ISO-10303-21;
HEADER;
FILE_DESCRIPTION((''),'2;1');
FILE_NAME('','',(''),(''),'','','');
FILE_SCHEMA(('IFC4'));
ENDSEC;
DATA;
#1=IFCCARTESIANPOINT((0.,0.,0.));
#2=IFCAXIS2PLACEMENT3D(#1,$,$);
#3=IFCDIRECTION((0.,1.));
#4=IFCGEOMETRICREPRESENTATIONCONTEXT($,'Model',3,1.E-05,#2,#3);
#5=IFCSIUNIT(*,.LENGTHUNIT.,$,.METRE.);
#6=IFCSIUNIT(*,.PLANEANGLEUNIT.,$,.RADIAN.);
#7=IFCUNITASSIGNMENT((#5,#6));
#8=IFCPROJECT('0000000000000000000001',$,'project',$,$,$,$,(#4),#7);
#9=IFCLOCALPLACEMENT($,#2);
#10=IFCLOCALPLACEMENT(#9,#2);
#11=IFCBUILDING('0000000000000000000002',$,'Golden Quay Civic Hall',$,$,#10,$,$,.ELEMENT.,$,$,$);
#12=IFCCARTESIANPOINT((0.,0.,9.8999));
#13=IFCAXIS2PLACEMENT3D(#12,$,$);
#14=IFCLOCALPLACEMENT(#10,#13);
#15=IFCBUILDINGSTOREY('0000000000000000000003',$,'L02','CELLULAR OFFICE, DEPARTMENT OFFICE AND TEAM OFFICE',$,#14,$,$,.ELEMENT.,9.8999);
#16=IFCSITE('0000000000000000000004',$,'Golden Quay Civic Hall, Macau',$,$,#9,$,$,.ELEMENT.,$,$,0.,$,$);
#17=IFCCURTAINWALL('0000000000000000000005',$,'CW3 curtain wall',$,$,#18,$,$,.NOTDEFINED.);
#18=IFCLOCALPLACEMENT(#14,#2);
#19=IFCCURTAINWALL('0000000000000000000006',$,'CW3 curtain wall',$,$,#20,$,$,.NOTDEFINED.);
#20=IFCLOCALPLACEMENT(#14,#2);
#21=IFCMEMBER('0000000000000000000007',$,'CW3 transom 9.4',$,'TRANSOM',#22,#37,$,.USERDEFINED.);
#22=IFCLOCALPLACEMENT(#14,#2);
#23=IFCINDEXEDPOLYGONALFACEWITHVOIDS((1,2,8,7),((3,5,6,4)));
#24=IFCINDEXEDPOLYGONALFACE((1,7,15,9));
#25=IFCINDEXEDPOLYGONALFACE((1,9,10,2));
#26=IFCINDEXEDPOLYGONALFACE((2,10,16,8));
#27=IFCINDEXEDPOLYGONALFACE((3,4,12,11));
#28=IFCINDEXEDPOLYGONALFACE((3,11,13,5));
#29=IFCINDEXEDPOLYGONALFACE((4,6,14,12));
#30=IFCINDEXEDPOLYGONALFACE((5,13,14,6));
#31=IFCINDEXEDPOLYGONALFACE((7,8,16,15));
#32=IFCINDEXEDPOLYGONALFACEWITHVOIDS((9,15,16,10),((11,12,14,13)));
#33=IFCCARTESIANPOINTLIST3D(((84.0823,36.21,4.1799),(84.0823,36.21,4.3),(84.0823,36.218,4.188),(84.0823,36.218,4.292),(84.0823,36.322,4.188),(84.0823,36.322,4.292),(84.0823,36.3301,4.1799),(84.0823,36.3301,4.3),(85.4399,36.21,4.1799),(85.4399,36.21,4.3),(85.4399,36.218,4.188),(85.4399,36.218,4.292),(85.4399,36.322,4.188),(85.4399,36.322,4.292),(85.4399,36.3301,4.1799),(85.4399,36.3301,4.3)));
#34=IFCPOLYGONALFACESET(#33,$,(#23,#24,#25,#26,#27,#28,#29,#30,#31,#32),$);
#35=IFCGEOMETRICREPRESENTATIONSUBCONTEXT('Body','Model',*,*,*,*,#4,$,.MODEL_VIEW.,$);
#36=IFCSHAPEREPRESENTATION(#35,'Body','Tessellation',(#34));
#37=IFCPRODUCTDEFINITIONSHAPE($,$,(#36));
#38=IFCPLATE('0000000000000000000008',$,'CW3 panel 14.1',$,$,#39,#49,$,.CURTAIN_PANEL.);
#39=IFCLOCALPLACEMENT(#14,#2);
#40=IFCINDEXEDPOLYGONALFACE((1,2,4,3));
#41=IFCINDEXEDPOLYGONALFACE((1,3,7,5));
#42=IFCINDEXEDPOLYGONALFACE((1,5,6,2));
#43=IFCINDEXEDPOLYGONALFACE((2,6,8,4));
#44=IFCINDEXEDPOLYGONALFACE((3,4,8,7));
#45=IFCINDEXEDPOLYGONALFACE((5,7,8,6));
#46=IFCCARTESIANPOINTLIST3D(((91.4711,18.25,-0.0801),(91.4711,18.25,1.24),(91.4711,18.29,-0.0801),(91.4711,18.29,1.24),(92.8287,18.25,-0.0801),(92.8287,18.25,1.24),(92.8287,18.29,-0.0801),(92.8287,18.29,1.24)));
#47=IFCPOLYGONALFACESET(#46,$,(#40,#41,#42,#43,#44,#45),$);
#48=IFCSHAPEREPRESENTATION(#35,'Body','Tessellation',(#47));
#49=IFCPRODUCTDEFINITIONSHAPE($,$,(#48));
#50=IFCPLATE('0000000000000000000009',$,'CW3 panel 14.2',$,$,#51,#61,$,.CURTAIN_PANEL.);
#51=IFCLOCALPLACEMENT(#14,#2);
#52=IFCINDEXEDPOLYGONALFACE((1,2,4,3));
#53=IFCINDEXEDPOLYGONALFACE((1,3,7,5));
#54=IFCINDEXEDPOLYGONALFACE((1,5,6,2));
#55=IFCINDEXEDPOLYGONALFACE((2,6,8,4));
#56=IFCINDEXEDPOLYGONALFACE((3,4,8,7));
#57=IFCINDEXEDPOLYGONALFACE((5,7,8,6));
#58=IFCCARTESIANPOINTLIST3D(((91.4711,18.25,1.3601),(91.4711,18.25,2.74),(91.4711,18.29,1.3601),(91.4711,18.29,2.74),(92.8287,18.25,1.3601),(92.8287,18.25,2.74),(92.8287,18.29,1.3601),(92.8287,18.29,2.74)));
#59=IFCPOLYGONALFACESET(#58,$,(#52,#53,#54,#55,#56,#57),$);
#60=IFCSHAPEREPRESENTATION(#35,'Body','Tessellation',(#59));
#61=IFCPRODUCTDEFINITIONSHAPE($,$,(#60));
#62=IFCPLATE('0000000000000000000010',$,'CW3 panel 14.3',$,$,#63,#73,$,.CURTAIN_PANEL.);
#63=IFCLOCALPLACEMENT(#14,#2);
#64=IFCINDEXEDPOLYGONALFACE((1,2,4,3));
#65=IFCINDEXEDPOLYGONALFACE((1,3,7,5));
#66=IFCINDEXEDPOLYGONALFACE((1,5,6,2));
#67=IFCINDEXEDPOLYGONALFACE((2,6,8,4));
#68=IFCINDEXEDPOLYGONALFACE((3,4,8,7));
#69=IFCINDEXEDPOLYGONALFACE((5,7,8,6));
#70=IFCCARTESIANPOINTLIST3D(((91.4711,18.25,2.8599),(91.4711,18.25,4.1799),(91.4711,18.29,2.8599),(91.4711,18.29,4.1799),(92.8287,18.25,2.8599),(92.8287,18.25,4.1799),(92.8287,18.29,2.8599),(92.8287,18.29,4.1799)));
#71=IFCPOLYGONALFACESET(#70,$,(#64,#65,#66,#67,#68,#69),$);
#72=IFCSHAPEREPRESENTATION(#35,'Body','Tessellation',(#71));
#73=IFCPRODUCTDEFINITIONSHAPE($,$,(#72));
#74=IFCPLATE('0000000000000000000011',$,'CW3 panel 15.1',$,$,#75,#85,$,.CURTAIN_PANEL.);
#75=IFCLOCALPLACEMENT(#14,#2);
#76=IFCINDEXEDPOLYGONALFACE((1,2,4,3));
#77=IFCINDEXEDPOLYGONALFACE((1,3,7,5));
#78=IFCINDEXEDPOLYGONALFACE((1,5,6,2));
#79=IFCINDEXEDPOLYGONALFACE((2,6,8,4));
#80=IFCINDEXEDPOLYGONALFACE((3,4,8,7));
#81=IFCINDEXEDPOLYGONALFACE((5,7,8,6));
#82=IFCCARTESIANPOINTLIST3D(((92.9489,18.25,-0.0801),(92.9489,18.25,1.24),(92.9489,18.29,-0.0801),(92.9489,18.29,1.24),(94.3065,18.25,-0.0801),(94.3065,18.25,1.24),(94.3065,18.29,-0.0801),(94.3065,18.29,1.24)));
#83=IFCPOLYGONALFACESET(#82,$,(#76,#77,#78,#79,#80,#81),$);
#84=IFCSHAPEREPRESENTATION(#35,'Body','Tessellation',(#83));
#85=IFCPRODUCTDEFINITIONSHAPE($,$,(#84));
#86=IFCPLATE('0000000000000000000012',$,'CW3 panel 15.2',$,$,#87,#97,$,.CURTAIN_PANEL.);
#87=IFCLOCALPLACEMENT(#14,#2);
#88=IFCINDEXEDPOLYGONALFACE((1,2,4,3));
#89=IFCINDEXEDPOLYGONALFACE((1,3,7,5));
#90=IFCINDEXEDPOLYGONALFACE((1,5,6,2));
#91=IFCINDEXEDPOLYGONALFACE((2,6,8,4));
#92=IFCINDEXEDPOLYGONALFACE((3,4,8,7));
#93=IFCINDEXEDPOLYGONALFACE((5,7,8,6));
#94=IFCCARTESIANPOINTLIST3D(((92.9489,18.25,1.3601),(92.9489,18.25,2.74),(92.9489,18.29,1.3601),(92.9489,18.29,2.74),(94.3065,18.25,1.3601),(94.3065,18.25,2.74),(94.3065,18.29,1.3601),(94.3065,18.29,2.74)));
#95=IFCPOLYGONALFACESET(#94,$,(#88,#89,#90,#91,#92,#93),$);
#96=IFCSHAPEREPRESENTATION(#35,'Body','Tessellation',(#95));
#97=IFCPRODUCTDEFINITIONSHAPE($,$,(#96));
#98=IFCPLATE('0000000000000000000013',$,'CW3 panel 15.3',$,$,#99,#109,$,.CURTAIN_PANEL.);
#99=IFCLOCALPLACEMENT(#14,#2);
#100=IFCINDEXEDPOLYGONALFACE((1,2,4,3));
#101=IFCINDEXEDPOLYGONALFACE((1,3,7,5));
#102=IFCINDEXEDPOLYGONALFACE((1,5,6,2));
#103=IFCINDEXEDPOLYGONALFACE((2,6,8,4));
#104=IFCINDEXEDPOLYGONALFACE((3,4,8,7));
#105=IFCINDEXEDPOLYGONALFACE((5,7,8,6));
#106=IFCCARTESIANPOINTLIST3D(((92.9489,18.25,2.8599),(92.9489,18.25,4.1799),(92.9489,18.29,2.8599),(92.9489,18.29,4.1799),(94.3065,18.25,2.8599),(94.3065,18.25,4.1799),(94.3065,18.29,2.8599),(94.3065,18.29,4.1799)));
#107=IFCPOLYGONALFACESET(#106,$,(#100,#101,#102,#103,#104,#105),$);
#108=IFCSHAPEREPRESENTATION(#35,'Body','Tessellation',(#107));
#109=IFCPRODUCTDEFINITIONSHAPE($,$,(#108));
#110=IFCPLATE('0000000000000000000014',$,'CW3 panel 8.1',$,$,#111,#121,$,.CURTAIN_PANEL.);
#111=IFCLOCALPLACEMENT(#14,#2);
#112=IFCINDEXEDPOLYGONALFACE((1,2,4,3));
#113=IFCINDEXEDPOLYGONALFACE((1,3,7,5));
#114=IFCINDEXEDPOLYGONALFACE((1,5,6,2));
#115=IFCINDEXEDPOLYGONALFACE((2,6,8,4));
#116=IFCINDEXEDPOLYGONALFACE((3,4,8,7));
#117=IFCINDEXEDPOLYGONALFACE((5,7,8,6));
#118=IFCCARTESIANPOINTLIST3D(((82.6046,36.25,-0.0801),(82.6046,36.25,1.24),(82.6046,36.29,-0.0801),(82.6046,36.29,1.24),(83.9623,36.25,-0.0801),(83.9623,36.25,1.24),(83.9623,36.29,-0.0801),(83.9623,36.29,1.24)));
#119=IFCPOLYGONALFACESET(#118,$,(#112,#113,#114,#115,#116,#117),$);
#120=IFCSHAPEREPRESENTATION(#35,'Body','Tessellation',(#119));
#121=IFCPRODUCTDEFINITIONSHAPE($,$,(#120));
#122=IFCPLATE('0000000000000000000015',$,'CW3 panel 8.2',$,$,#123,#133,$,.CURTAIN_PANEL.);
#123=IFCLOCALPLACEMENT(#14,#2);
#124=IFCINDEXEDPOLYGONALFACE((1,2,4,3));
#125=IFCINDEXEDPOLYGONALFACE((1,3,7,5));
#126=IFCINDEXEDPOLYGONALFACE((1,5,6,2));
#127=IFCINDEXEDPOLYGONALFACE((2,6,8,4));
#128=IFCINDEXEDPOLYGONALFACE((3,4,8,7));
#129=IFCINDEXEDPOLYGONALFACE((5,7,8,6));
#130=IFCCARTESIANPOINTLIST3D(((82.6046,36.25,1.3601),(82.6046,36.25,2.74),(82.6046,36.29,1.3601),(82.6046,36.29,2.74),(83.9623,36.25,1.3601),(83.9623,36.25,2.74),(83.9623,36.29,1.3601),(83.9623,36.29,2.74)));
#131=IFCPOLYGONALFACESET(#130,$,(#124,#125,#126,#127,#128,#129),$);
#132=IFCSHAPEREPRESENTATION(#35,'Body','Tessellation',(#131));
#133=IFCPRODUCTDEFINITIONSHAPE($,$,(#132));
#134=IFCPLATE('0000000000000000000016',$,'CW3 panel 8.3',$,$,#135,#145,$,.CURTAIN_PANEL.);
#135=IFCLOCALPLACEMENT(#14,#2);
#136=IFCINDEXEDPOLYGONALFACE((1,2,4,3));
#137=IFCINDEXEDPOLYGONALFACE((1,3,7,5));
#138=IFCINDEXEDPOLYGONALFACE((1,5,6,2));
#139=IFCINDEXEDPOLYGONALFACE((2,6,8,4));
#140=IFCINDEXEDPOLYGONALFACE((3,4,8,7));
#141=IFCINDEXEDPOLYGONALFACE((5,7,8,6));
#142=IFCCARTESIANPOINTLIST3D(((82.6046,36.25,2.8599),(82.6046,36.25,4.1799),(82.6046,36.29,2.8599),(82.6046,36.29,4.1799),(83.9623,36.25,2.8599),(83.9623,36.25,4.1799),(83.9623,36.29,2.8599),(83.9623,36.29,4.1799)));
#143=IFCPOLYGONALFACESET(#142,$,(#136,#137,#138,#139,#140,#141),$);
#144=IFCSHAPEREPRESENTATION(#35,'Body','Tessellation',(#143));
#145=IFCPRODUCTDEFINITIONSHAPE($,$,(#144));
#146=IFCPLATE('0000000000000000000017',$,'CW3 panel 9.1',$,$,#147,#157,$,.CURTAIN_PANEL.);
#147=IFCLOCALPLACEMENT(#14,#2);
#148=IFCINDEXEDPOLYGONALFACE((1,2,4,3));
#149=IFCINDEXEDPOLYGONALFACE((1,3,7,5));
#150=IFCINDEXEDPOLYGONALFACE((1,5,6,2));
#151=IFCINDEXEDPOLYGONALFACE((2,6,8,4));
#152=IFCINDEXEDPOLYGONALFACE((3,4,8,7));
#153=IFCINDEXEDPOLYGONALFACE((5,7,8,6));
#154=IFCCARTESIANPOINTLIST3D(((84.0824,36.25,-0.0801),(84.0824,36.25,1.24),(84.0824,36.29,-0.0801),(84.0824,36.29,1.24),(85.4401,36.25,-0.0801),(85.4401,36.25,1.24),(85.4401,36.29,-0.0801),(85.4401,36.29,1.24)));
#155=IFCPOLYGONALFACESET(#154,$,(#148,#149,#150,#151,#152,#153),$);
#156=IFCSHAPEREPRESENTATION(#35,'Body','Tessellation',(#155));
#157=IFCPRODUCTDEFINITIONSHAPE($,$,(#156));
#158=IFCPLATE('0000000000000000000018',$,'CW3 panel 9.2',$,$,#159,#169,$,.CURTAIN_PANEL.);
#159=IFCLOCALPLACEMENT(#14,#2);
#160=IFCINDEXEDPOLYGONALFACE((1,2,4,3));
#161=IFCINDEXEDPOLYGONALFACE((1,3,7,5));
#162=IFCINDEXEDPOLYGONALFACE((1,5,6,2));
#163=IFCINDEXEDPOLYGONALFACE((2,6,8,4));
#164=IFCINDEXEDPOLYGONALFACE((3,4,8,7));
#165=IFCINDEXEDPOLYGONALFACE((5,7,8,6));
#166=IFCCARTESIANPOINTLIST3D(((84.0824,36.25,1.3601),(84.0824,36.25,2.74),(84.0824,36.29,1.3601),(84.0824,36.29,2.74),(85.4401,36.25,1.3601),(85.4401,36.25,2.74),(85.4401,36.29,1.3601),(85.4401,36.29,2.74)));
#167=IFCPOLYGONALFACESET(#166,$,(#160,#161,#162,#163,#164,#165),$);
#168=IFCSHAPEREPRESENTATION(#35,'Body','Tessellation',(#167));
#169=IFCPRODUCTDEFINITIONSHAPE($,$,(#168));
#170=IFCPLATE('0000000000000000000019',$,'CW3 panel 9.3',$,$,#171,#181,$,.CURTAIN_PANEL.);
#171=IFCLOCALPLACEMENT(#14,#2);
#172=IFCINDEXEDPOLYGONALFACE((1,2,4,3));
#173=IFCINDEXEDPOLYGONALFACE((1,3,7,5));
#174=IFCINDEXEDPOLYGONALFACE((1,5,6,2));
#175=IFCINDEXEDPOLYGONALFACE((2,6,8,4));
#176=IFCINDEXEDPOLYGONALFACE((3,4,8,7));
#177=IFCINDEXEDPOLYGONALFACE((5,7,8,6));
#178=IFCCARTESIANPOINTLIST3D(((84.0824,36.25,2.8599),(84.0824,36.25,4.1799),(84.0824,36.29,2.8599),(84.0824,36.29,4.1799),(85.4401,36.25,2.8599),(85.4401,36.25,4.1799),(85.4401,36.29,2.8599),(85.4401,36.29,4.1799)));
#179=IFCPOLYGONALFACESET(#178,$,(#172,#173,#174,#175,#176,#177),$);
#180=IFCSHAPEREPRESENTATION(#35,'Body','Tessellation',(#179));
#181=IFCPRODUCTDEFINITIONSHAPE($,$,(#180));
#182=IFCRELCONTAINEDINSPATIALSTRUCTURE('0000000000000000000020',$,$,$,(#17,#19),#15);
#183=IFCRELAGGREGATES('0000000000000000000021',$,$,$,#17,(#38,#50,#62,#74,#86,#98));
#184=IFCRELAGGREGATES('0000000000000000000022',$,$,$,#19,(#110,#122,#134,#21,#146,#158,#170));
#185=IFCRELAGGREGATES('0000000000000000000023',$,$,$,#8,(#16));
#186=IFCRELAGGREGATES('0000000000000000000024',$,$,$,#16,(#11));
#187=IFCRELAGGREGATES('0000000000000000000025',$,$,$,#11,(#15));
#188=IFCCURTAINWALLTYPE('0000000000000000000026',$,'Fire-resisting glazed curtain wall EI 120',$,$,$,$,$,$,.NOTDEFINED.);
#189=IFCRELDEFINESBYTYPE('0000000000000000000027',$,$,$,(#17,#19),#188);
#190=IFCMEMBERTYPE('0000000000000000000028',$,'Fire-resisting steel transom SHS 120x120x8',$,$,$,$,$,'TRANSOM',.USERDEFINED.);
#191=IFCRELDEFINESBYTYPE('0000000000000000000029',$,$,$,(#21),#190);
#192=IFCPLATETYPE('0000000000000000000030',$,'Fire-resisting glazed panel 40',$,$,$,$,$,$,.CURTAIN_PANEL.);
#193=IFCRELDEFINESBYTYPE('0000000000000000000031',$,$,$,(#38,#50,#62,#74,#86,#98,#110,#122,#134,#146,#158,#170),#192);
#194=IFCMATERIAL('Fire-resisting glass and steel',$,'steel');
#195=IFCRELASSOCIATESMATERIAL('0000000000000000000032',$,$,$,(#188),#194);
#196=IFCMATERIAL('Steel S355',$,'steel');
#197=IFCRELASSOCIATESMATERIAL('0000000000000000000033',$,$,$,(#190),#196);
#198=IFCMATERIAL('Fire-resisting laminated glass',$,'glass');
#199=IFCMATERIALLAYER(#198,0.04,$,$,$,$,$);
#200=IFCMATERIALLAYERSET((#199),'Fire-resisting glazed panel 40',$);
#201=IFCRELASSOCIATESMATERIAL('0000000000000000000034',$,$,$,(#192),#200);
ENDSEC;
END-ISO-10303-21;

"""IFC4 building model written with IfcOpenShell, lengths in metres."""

from ifc_helpers import new_model, si_unit, direction, frame, origin, origin_2d, place, context, subcontext, project, spatial, rectangle, hollow_rectangle, extrude, material, layer, layer_set, material_profile, profile_set, type_object, element, aggregate, save


model = new_model("IFC4")

# Units and contexts
model_context = context("Model", 3, precision=1e-05, world=origin(), true_north=direction((0.0, 1.0)))
body_context = subcontext(model_context, "Body", "Model", "MODEL_VIEW")
ifc_project = project(units=[si_unit("LENGTHUNIT", "METRE"), si_unit("PLANEANGLEUNIT", "RADIAN")], contexts=[model_context])

# Site, building, storey
site_placement = place(None, origin())
site = spatial("IfcSite", under=ifc_project, at=site_placement, Name="Golden Quay Civic Hall, Macau", CompositionType="ELEMENT", RefElevation=0.0)
building_placement = place(site_placement, origin())
building = spatial("IfcBuilding", under=site, at=building_placement, Name="Golden Quay Civic Hall", CompositionType="ELEMENT")
storey_placement = place(building_placement, frame((0.0, 0.0, 9.8999)))
storey = spatial("IfcBuildingStorey", under=building, at=storey_placement, Name="L02", Description="CELLULAR OFFICE, DEPARTMENT OFFICE AND TEAM OFFICE", CompositionType="ELEMENT", Elevation=9.8999)

# Curtain walls
ifc_material_1 = material(Name="Fire-resisting glass and steel", Category="steel")
curtain_wall_type = type_object("IfcCurtainWallType", Name="Fire-resisting glazed curtain wall EI 120", PredefinedType="NOTDEFINED", material=ifc_material_1)
curtain_wall_1_placement = place(storey_placement, origin())
curtain_wall_1 = element("IfcCurtainWall", 1, at=curtain_wall_1_placement, inside=storey, type_object=curtain_wall_type, Name="CW3 curtain wall", PredefinedType="NOTDEFINED")
curtain_wall_2_placement = place(storey_placement, origin())
curtain_wall_2 = element("IfcCurtainWall", 2, at=curtain_wall_2_placement, inside=storey, type_object=curtain_wall_type, Name="CW3 curtain wall", PredefinedType="NOTDEFINED")

# Member
ifc_material_2 = material(Name="Steel S355", Category="steel")
ifc_material_profile_1 = material_profile(ifc_material_2, hollow_rectangle(XDim=0.1201, YDim=0.1201, WallThickness=0.0081, at=origin_2d()), Name="SHS 120x120x8")
ifc_profile_set_1 = profile_set([ifc_material_profile_1], Name="Steel S355")
member_type_1 = type_object("IfcMemberType", Name="Fire-resisting steel transom SHS 120x120x8", ElementType="TRANSOM", PredefinedType="USERDEFINED", material=ifc_profile_set_1)
member_1_placement = place(storey_placement, frame((84.0823, 36.27, 4.24), z_axis=(1.0, 0.0, 0.0), x_axis=(0.0, 1.0, 0.0)))
member_1 = element("IfcMember", 3, at=member_1_placement, type_object=member_type_1, Name="CW3 transom 9.4", ObjectType="TRANSOM", PredefinedType="USERDEFINED", context=body_context, shape_type="SweptSolid", body=[
    extrude(hollow_rectangle(XDim=0.1201, YDim=0.1201, WallThickness=0.0081, at=origin_2d()), origin(), (0.0, 0.0, 1.0), 1.3577),
])

# Plates
ifc_material_3 = material(Name="Fire-resisting laminated glass", Category="glass")
ifc_layer = layer(ifc_material_3, 0.04)
ifc_layer_set = layer_set([ifc_layer], Name="Fire-resisting glazed panel 40")
plate_type = type_object("IfcPlateType", Name="Fire-resisting glazed panel 40", PredefinedType="CURTAIN_PANEL", material=ifc_layer_set)
plate_1_placement = place(storey_placement, frame((92.1499, 18.27, -0.0801), z_axis=(0.0, 0.0, 1.0), x_axis=(1.0, 0.0, 0.0)))
plate_1 = element("IfcPlate", 4, at=plate_1_placement, type_object=plate_type, Name="CW3 panel 14.1", PredefinedType="CURTAIN_PANEL", context=body_context, shape_type="SweptSolid", body=[
    extrude(rectangle(XDim=1.3577, YDim=0.04, at=origin_2d()), origin(), (0.0, 0.0, 1.0), 1.3201),
])
plate_2_placement = place(storey_placement, frame((92.1499, 18.27, 1.3601), z_axis=(0.0, 0.0, 1.0), x_axis=(1.0, 0.0, 0.0)))
plate_2 = element("IfcPlate", 5, at=plate_2_placement, type_object=plate_type, Name="CW3 panel 14.2", PredefinedType="CURTAIN_PANEL", context=body_context, shape_type="SweptSolid", body=[
    extrude(rectangle(XDim=1.3577, YDim=0.04, at=origin_2d()), origin(), (0.0, 0.0, 1.0), 1.3799),
])
plate_3_placement = place(storey_placement, frame((92.1499, 18.27, 2.8599), z_axis=(0.0, 0.0, 1.0), x_axis=(1.0, 0.0, 0.0)))
plate_3 = element("IfcPlate", 6, at=plate_3_placement, type_object=plate_type, Name="CW3 panel 14.3", PredefinedType="CURTAIN_PANEL", context=body_context, shape_type="SweptSolid", body=[
    extrude(rectangle(XDim=1.3577, YDim=0.04, at=origin_2d()), origin(), (0.0, 0.0, 1.0), 1.3201),
])
plate_4_placement = place(storey_placement, frame((93.6277, 18.27, -0.0801), z_axis=(0.0, 0.0, 1.0), x_axis=(1.0, 0.0, 0.0)))
plate_4 = element("IfcPlate", 7, at=plate_4_placement, type_object=plate_type, Name="CW3 panel 15.1", PredefinedType="CURTAIN_PANEL", context=body_context, shape_type="SweptSolid", body=[
    extrude(rectangle(XDim=1.3577, YDim=0.04, at=origin_2d()), origin(), (0.0, 0.0, 1.0), 1.3201),
])
plate_5_placement = place(storey_placement, frame((93.6277, 18.27, 1.3601), z_axis=(0.0, 0.0, 1.0), x_axis=(1.0, 0.0, 0.0)))
plate_5 = element("IfcPlate", 8, at=plate_5_placement, type_object=plate_type, Name="CW3 panel 15.2", PredefinedType="CURTAIN_PANEL", context=body_context, shape_type="SweptSolid", body=[
    extrude(rectangle(XDim=1.3577, YDim=0.04, at=origin_2d()), origin(), (0.0, 0.0, 1.0), 1.3799),
])
plate_6_placement = place(storey_placement, frame((93.6277, 18.27, 2.8599), z_axis=(0.0, 0.0, 1.0), x_axis=(1.0, 0.0, 0.0)))
plate_6 = element("IfcPlate", 9, at=plate_6_placement, type_object=plate_type, Name="CW3 panel 15.3", PredefinedType="CURTAIN_PANEL", context=body_context, shape_type="SweptSolid", body=[
    extrude(rectangle(XDim=1.3577, YDim=0.04, at=origin_2d()), origin(), (0.0, 0.0, 1.0), 1.3201),
])
aggregate(curtain_wall_1, [plate_1, plate_2, plate_3, plate_4, plate_5, plate_6])
plate_7_placement = place(storey_placement, frame((83.2834, 36.27, -0.0801), z_axis=(0.0, 0.0, 1.0), x_axis=(1.0, 0.0, 0.0)))
plate_7 = element("IfcPlate", 10, at=plate_7_placement, type_object=plate_type, Name="CW3 panel 8.1", PredefinedType="CURTAIN_PANEL", context=body_context, shape_type="SweptSolid", body=[
    extrude(rectangle(XDim=1.3577, YDim=0.04, at=origin_2d()), origin(), (0.0, 0.0, 1.0), 1.3201),
])
plate_8_placement = place(storey_placement, frame((83.2834, 36.27, 1.3601), z_axis=(0.0, 0.0, 1.0), x_axis=(1.0, 0.0, 0.0)))
plate_8 = element("IfcPlate", 11, at=plate_8_placement, type_object=plate_type, Name="CW3 panel 8.2", PredefinedType="CURTAIN_PANEL", context=body_context, shape_type="SweptSolid", body=[
    extrude(rectangle(XDim=1.3577, YDim=0.04, at=origin_2d()), origin(), (0.0, 0.0, 1.0), 1.3799),
])
plate_9_placement = place(storey_placement, frame((83.2834, 36.27, 2.8599), z_axis=(0.0, 0.0, 1.0), x_axis=(1.0, 0.0, 0.0)))
plate_9 = element("IfcPlate", 12, at=plate_9_placement, type_object=plate_type, Name="CW3 panel 8.3", PredefinedType="CURTAIN_PANEL", context=body_context, shape_type="SweptSolid", body=[
    extrude(rectangle(XDim=1.3577, YDim=0.04, at=origin_2d()), origin(), (0.0, 0.0, 1.0), 1.3201),
])
plate_10_placement = place(storey_placement, frame((84.7612, 36.27, -0.0801), z_axis=(0.0, 0.0, 1.0), x_axis=(1.0, 0.0, 0.0)))
plate_10 = element("IfcPlate", 13, at=plate_10_placement, type_object=plate_type, Name="CW3 panel 9.1", PredefinedType="CURTAIN_PANEL", context=body_context, shape_type="SweptSolid", body=[
    extrude(rectangle(XDim=1.3577, YDim=0.04, at=origin_2d()), origin(), (0.0, 0.0, 1.0), 1.3201),
])
plate_11_placement = place(storey_placement, frame((84.7612, 36.27, 1.3601), z_axis=(0.0, 0.0, 1.0), x_axis=(1.0, 0.0, 0.0)))
plate_11 = element("IfcPlate", 14, at=plate_11_placement, type_object=plate_type, Name="CW3 panel 9.2", PredefinedType="CURTAIN_PANEL", context=body_context, shape_type="SweptSolid", body=[
    extrude(rectangle(XDim=1.3577, YDim=0.04, at=origin_2d()), origin(), (0.0, 0.0, 1.0), 1.3799),
])
plate_12_placement = place(storey_placement, frame((84.7612, 36.27, 2.8599), z_axis=(0.0, 0.0, 1.0), x_axis=(1.0, 0.0, 0.0)))
plate_12 = element("IfcPlate", 15, at=plate_12_placement, type_object=plate_type, Name="CW3 panel 9.3", PredefinedType="CURTAIN_PANEL", context=body_context, shape_type="SweptSolid", body=[
    extrude(rectangle(XDim=1.3577, YDim=0.04, at=origin_2d()), origin(), (0.0, 0.0, 1.0), 1.3201),
])
aggregate(curtain_wall_2, [plate_7, plate_8, plate_9, member_1, plate_10, plate_11, plate_12])

save(model, "model.ifc")
